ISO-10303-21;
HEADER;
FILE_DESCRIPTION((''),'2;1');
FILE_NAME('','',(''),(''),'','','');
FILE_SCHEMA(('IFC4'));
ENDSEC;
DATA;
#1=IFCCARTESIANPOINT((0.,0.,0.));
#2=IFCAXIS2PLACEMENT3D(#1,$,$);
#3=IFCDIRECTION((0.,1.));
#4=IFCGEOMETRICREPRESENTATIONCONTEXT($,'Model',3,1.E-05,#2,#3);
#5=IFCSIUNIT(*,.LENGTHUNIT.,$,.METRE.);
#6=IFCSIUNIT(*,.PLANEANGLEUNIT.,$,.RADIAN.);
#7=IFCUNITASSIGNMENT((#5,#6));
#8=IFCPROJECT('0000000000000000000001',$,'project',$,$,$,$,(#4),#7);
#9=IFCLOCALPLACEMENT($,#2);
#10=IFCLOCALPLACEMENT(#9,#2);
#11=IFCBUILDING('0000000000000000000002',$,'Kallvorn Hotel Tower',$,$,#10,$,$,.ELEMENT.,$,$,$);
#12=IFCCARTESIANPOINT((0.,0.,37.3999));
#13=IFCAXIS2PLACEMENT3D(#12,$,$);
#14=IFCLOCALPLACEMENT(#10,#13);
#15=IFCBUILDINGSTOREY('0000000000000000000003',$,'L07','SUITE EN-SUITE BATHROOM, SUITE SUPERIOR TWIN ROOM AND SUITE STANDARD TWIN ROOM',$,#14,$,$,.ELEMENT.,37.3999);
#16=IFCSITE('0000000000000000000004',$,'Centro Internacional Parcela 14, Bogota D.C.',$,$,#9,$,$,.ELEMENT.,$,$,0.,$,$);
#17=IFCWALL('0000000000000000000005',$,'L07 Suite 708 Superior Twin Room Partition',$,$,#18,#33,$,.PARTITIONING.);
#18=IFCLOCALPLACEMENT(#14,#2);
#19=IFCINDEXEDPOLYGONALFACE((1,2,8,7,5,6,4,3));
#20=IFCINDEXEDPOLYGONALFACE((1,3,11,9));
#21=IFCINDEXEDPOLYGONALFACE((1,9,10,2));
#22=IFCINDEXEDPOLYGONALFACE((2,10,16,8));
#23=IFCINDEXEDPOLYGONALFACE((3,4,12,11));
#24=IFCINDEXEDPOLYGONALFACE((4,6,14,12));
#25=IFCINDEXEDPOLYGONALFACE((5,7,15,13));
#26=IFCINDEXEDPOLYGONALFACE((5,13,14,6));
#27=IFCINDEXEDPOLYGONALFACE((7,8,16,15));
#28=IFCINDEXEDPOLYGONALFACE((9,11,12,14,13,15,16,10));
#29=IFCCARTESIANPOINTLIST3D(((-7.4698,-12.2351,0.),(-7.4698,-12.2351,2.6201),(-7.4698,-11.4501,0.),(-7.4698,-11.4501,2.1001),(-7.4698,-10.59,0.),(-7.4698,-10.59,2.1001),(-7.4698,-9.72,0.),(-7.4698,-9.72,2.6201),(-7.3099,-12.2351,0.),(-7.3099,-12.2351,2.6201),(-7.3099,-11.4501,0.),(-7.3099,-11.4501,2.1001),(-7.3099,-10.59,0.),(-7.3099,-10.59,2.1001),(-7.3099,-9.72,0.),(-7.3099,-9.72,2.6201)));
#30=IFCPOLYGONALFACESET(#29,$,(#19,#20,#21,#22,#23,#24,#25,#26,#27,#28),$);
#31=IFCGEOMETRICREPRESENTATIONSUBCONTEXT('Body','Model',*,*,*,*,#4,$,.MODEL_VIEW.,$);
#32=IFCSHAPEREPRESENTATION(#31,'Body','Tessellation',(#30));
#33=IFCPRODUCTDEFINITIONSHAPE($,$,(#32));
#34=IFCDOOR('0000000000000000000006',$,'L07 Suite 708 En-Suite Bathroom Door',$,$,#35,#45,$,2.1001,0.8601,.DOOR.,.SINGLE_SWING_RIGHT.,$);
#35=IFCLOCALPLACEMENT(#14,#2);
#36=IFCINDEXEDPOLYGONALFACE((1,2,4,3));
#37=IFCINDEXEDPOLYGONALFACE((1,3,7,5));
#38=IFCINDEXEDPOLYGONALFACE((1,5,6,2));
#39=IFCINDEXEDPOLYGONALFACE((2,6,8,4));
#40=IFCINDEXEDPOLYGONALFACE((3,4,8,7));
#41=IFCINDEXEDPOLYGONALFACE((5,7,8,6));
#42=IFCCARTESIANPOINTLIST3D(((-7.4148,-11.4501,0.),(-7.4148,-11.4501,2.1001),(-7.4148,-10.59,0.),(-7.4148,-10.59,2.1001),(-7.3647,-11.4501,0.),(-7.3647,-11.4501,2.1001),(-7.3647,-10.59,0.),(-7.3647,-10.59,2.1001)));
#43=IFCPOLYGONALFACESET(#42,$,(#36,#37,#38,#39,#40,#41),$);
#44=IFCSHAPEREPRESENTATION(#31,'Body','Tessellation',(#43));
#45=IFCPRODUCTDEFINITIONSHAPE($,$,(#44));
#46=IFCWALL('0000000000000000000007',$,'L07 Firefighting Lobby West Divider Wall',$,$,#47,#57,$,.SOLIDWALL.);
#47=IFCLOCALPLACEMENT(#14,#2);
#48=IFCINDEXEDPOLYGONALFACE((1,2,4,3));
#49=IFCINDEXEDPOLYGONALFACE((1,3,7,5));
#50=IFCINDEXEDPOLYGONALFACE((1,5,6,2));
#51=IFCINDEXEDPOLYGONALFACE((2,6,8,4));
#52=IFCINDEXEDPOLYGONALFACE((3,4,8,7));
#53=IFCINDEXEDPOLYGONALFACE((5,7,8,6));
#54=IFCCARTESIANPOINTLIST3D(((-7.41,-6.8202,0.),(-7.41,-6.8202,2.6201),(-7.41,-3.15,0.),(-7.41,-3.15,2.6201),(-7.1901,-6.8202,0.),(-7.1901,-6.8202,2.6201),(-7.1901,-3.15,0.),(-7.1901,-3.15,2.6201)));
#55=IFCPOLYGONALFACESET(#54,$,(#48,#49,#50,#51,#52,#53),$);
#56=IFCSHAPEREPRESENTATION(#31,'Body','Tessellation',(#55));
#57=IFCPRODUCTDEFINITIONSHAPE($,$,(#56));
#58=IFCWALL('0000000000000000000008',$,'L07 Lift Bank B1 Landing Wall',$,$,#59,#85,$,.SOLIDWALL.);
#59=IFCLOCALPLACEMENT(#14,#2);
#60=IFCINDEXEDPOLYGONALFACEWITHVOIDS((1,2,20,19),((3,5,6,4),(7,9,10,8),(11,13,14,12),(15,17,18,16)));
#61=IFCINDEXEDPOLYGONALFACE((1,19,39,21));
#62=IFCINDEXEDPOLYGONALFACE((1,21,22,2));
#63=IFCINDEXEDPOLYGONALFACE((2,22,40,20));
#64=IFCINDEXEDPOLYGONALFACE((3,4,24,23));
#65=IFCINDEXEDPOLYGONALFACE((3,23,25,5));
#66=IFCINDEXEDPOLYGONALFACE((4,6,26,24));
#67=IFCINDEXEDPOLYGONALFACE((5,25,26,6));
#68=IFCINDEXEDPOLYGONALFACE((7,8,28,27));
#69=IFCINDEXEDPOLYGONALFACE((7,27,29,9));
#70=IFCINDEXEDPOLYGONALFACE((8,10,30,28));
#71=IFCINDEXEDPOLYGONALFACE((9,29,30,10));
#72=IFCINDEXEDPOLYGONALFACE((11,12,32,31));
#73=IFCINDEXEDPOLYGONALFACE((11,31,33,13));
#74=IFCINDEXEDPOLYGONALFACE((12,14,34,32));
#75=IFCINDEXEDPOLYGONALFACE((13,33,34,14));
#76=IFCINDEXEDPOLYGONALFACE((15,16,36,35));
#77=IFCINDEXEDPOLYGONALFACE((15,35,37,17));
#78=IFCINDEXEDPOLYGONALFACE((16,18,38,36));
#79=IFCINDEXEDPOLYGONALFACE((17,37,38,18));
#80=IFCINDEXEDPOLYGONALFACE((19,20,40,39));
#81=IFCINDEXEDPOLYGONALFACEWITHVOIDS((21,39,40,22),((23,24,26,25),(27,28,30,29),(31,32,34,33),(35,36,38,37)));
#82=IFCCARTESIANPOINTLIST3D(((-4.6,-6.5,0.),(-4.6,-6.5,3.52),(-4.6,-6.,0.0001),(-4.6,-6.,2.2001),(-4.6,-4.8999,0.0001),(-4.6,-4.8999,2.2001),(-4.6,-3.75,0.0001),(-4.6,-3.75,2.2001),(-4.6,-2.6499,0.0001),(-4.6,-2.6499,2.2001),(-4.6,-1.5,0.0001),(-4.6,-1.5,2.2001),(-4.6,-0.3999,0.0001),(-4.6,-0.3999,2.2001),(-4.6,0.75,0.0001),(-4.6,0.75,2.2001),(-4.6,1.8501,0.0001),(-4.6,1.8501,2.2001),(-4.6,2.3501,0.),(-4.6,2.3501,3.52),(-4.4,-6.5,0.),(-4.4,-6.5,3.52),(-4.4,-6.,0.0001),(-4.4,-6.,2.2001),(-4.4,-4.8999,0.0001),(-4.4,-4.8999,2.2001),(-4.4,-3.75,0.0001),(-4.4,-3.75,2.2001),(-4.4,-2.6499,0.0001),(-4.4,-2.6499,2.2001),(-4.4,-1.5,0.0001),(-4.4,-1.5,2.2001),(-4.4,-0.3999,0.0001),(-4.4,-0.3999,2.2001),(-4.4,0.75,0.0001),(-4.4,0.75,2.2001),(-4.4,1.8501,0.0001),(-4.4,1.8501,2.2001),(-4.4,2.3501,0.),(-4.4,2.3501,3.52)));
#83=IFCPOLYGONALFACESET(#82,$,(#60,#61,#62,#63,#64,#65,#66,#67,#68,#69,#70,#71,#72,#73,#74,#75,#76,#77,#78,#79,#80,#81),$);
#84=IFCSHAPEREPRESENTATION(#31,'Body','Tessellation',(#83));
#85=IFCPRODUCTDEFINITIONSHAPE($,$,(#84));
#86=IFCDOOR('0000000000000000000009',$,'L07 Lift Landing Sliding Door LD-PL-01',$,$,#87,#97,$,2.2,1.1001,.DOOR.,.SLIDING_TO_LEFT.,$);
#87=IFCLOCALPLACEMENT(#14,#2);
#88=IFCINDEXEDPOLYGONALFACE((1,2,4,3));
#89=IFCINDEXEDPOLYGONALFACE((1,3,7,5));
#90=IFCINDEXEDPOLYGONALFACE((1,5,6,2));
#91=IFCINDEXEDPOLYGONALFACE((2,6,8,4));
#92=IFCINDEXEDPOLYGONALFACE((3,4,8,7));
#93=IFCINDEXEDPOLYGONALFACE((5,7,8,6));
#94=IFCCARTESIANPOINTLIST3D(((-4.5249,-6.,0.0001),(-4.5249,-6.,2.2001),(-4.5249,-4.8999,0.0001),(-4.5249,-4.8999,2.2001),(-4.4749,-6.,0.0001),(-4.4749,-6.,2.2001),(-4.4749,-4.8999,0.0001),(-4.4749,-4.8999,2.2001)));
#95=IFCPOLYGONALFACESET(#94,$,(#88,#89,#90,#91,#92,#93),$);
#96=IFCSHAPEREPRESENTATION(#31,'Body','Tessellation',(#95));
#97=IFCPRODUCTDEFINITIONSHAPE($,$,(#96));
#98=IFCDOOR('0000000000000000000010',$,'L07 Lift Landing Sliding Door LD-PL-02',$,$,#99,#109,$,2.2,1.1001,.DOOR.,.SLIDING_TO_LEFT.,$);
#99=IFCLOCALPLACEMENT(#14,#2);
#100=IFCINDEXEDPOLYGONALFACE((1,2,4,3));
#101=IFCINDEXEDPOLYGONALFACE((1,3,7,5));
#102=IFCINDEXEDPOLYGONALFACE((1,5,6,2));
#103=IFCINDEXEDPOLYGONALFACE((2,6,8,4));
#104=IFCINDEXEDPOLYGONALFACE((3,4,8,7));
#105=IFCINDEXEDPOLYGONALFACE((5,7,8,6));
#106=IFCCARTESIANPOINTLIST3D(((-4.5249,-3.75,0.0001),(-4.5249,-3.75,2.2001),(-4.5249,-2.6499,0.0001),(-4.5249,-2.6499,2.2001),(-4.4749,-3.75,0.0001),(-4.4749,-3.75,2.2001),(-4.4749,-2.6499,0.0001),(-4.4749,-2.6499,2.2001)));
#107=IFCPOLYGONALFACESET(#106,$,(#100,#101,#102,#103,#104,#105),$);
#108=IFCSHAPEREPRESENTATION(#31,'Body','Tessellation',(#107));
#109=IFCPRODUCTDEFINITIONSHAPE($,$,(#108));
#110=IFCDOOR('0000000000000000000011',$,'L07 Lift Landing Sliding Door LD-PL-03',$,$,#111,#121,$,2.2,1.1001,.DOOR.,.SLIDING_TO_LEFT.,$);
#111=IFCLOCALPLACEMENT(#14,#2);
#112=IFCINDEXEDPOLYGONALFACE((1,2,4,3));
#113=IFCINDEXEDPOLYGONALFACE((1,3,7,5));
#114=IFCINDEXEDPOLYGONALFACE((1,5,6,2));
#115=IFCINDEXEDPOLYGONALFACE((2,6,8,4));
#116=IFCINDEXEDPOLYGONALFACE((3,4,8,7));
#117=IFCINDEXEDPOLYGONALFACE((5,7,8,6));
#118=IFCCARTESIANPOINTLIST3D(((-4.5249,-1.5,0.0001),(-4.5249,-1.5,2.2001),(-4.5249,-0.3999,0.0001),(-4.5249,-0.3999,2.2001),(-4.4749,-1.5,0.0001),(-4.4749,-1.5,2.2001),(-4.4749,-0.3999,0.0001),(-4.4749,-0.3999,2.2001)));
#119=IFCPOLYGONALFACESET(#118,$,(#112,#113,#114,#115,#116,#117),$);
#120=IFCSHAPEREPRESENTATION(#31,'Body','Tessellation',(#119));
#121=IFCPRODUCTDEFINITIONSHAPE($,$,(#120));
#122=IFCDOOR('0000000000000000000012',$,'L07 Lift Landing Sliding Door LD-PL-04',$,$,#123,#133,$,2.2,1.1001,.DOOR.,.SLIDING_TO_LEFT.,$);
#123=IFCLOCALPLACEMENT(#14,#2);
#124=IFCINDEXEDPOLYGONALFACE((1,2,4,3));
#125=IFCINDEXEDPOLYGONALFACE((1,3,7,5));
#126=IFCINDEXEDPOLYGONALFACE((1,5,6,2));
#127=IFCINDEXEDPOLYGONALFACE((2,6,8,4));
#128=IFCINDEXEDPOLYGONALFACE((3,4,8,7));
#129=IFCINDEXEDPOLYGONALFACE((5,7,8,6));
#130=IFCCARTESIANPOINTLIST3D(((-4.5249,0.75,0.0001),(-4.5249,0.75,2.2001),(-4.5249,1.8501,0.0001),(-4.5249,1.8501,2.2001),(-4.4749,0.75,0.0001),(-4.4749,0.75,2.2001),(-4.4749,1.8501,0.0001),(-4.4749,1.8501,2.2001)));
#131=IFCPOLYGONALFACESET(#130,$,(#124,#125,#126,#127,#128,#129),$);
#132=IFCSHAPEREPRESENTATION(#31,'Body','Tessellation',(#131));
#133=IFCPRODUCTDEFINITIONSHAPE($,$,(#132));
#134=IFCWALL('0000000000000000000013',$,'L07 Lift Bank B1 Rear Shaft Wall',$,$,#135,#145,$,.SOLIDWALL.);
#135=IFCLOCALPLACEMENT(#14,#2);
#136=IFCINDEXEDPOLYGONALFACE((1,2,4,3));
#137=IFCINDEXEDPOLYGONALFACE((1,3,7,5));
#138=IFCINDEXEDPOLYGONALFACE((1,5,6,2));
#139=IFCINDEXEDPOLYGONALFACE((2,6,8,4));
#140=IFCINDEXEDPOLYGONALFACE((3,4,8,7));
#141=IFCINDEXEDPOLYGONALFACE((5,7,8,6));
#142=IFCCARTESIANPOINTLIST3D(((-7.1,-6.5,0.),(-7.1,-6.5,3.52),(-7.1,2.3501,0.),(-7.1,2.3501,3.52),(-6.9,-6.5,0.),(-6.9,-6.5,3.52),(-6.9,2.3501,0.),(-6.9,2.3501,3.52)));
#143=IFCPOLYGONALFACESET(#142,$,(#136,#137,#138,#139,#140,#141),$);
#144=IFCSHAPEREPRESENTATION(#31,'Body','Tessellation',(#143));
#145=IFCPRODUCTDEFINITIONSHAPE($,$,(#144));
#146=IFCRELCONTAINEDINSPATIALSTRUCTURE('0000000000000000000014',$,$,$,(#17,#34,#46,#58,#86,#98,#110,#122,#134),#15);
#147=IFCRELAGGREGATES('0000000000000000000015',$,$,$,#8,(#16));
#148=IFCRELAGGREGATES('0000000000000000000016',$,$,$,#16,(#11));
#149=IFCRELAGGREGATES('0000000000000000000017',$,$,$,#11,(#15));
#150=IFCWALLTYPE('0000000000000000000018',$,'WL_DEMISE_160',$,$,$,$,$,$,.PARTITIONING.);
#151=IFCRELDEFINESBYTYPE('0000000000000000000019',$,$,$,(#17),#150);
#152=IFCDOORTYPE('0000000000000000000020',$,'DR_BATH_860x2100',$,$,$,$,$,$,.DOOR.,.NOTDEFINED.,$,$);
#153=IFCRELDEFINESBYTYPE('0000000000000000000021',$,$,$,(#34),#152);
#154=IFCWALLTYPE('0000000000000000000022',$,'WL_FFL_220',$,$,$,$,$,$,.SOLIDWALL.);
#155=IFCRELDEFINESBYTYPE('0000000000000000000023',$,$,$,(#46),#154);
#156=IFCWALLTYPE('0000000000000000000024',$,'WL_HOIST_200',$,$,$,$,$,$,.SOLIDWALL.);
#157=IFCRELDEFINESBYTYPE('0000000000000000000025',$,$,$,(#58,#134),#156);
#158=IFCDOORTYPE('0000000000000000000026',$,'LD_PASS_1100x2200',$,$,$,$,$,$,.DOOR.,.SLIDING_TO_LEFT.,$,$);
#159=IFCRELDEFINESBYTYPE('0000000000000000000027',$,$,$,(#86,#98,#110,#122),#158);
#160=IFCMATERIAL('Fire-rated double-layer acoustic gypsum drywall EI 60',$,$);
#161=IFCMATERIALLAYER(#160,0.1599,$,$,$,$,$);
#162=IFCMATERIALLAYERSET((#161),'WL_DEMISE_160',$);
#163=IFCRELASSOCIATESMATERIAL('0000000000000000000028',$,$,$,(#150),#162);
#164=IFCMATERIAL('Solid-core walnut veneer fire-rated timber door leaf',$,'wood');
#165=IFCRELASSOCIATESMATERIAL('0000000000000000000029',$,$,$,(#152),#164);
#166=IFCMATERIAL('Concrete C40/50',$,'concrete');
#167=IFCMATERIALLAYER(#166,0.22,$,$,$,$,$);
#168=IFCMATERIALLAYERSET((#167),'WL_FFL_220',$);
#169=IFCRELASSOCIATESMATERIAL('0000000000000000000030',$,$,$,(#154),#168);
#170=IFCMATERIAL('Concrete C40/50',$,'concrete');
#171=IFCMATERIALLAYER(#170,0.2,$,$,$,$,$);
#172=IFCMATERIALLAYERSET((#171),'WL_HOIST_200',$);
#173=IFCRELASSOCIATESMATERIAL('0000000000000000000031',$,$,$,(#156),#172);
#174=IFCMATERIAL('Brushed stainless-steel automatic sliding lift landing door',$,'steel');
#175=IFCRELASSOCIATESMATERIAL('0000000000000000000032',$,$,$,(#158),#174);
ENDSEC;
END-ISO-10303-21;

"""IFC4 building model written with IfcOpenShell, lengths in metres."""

from ifc_helpers import new_model, si_unit, direction, frame, frame_2d, origin, place, context, subcontext, project, spatial, rectangle, extrude, material, layer, layer_set, type_object, element, fill, save


model = new_model("IFC4")

# Units and contexts
model_context = context("Model", 3, precision=1e-05, world=origin(), true_north=direction((0.0, 1.0)))
body_context = subcontext(model_context, "Body", "Model", "MODEL_VIEW")
ifc_project = project(units=[si_unit("LENGTHUNIT", "METRE"), si_unit("PLANEANGLEUNIT", "RADIAN")], contexts=[model_context])

# Site, building, storey
site_placement = place(None, origin())
site = spatial("IfcSite", under=ifc_project, at=site_placement, Name="Centro Internacional Parcela 14, Bogota D.C.", CompositionType="ELEMENT", RefElevation=0.0)
building_placement = place(site_placement, origin())
building = spatial("IfcBuilding", under=site, at=building_placement, Name="Kallvorn Hotel Tower", CompositionType="ELEMENT")
storey_placement = place(building_placement, frame((0.0, 0.0, 37.3999)))
storey = spatial("IfcBuildingStorey", under=building, at=storey_placement, Name="L07", Description="SUITE EN-SUITE BATHROOM, SUITE SUPERIOR TWIN ROOM AND SUITE STANDARD TWIN ROOM", CompositionType="ELEMENT", Elevation=37.3999)

# Wall, opening, door
ifc_material_1 = material(Name="Fire-rated double-layer acoustic gypsum drywall EI 60")
ifc_layer_1 = layer(ifc_material_1, 0.1599)
ifc_layer_set_1 = layer_set([ifc_layer_1], Name="WL_DEMISE_160")
wall_type_1 = type_object("IfcWallType", Name="WL_DEMISE_160", PredefinedType="PARTITIONING", material=ifc_layer_set_1)
wall_1_placement = place(storey_placement, frame((-7.3899, -12.2351, 0.0), z_axis=(0.0, 0.0, 1.0), x_axis=(0.0, 1.0, 0.0)))
wall_1 = element("IfcWall", 1, at=wall_1_placement, inside=storey, type_object=wall_type_1, Name="L07 Suite 708 Superior Twin Room Partition", PredefinedType="PARTITIONING", context=body_context, shape_type="SweptSolid", body=[
    extrude(rectangle(XDim=2.5151, YDim=0.1599, at=frame_2d((1.2576, 0.0))), origin(), (0.0, 0.0, 1.0), 2.6201),
])
opening_1_placement = place(wall_1_placement, frame((0.7849, 0.0, 0.0)))
opening_1 = element("IfcOpeningElement", 2, at=opening_1_placement, cuts=wall_1, PredefinedType="OPENING", context=body_context, shape_type="SweptSolid", body=[
    extrude(rectangle(XDim=0.8601, YDim=2.1001, at=frame_2d((0.4302, 1.05))), frame((0.0, 0.095, 0.0), z_axis=(0.0, -1.0, 0.0), x_axis=(1.0, 0.0, 0.0)), (0.0, 0.0, 1.0), 0.1899),
])
ifc_material_2 = material(Name="Solid-core walnut veneer fire-rated timber door leaf", Category="wood")
door_type_1 = type_object("IfcDoorType", Name="DR_BATH_860x2100", OperationType="NOTDEFINED", PredefinedType="DOOR", material=ifc_material_2)
door_1_placement = place(opening_1_placement, origin())
door_1 = element("IfcDoor", 3, at=door_1_placement, inside=storey, type_object=door_type_1, Name="L07 Suite 708 En-Suite Bathroom Door", OperationType="SINGLE_SWING_RIGHT", OverallHeight=2.1001, OverallWidth=0.8601, PredefinedType="DOOR", context=body_context, shape_type="SweptSolid", body=[
    extrude(rectangle(XDim=0.8601, YDim=2.1001, at=frame_2d((0.4302, 1.05))), frame((0.0, 0.0249, 0.0), z_axis=(0.0, -1.0, 0.0), x_axis=(1.0, 0.0, 0.0)), (0.0, 0.0, 1.0), 0.05),
])
fill(opening_1, door_1)

# Wall
ifc_material_3 = material(Name="Concrete C40/50", Category="concrete")
ifc_layer_2 = layer(ifc_material_3, 0.22)
ifc_layer_set_2 = layer_set([ifc_layer_2], Name="WL_FFL_220")
wall_type_2 = type_object("IfcWallType", Name="WL_FFL_220", PredefinedType="SOLIDWALL", material=ifc_layer_set_2)
wall_2_placement = place(storey_placement, frame((-7.3, -6.8201, 0.0), z_axis=(0.0, 0.0, 1.0), x_axis=(0.0, 1.0, 0.0)))
element("IfcWall", 4, at=wall_2_placement, inside=storey, type_object=wall_type_2, Name="L07 Firefighting Lobby West Divider Wall", PredefinedType="SOLIDWALL", context=body_context, shape_type="SweptSolid", body=[
    extrude(rectangle(XDim=3.6702, YDim=0.22, at=frame_2d((1.835, 0.0))), origin(), (0.0, 0.0, 1.0), 2.6201),
])

# Wall, openings, doors
ifc_material_4 = material(Name="Concrete C40/50", Category="concrete")
ifc_layer_3 = layer(ifc_material_4, 0.2)
ifc_layer_set_3 = layer_set([ifc_layer_3], Name="WL_HOIST_200")
wall_type_3 = type_object("IfcWallType", Name="WL_HOIST_200", PredefinedType="SOLIDWALL", material=ifc_layer_set_3)
wall_3_placement = place(storey_placement, frame((-4.5, -6.5, 0.0), z_axis=(0.0, 0.0, 1.0), x_axis=(0.0, 1.0, 0.0)))
wall_3 = element("IfcWall", 5, at=wall_3_placement, inside=storey, type_object=wall_type_3, Name="L07 Lift Bank B1 Landing Wall", PredefinedType="SOLIDWALL", context=body_context, shape_type="SweptSolid", body=[
    extrude(rectangle(XDim=8.8501, YDim=0.2, at=frame_2d((4.425, 0.0))), origin(), (0.0, 0.0, 1.0), 3.52),
])
opening_2_placement = place(wall_3_placement, frame((0.5, 0.0, 0.0)))
opening_2 = element("IfcOpeningElement", 6, at=opening_2_placement, cuts=wall_3, PredefinedType="OPENING", context=body_context, shape_type="SweptSolid", body=[
    extrude(rectangle(XDim=1.1001, YDim=2.2, at=frame_2d((0.55, 1.1001))), frame((0.0, 0.115, 0.0), z_axis=(0.0, -1.0, 0.0), x_axis=(1.0, 0.0, 0.0)), (0.0, 0.0, 1.0), 0.23),
])
opening_3_placement = place(wall_3_placement, frame((2.75, 0.0, 0.0)))
opening_3 = element("IfcOpeningElement", 7, at=opening_3_placement, cuts=wall_3, PredefinedType="OPENING", context=body_context, shape_type="SweptSolid", body=[
    extrude(rectangle(XDim=1.1001, YDim=2.2, at=frame_2d((0.55, 1.1001))), frame((0.0, 0.115, 0.0), z_axis=(0.0, -1.0, 0.0), x_axis=(1.0, 0.0, 0.0)), (0.0, 0.0, 1.0), 0.23),
])
opening_4_placement = place(wall_3_placement, frame((5.0, 0.0, 0.0)))
opening_4 = element("IfcOpeningElement", 8, at=opening_4_placement, cuts=wall_3, PredefinedType="OPENING", context=body_context, shape_type="SweptSolid", body=[
    extrude(rectangle(XDim=1.1001, YDim=2.2, at=frame_2d((0.55, 1.1001))), frame((0.0, 0.115, 0.0), z_axis=(0.0, -1.0, 0.0), x_axis=(1.0, 0.0, 0.0)), (0.0, 0.0, 1.0), 0.23),
])
opening_5_placement = place(wall_3_placement, frame((7.25, 0.0, 0.0)))
opening_5 = element("IfcOpeningElement", 9, at=opening_5_placement, cuts=wall_3, PredefinedType="OPENING", context=body_context, shape_type="SweptSolid", body=[
    extrude(rectangle(XDim=1.1001, YDim=2.2, at=frame_2d((0.55, 1.1001))), frame((0.0, 0.115, 0.0), z_axis=(0.0, -1.0, 0.0), x_axis=(1.0, 0.0, 0.0)), (0.0, 0.0, 1.0), 0.23),
])
ifc_material_5 = material(Name="Brushed stainless-steel automatic sliding lift landing door", Category="steel")
door_type_2 = type_object("IfcDoorType", Name="LD_PASS_1100x2200", OperationType="SLIDING_TO_LEFT", PredefinedType="DOOR", material=ifc_material_5)
door_2_placement = place(opening_2_placement, origin())
door_2 = element("IfcDoor", 10, at=door_2_placement, inside=storey, type_object=door_type_2, Name="L07 Lift Landing Sliding Door LD-PL-01", OperationType="SLIDING_TO_LEFT", OverallHeight=2.2, OverallWidth=1.1001, PredefinedType="DOOR", context=body_context, shape_type="SweptSolid", body=[
    extrude(rectangle(XDim=1.1001, YDim=2.2, at=frame_2d((0.55, 1.1001))), frame((0.0, 0.0249, 0.0), z_axis=(0.0, -1.0, 0.0), x_axis=(1.0, 0.0, 0.0)), (0.0, 0.0, 1.0), 0.05),
])
fill(opening_2, door_2)
door_3_placement = place(opening_3_placement, origin())
door_3 = element("IfcDoor", 11, at=door_3_placement, inside=storey, type_object=door_type_2, Name="L07 Lift Landing Sliding Door LD-PL-02", OperationType="SLIDING_TO_LEFT", OverallHeight=2.2, OverallWidth=1.1001, PredefinedType="DOOR", context=body_context, shape_type="SweptSolid", body=[
    extrude(rectangle(XDim=1.1001, YDim=2.2, at=frame_2d((0.55, 1.1001))), frame((0.0, 0.0249, 0.0), z_axis=(0.0, -1.0, 0.0), x_axis=(1.0, 0.0, 0.0)), (0.0, 0.0, 1.0), 0.05),
])
fill(opening_3, door_3)
door_4_placement = place(opening_4_placement, origin())
door_4 = element("IfcDoor", 12, at=door_4_placement, inside=storey, type_object=door_type_2, Name="L07 Lift Landing Sliding Door LD-PL-03", OperationType="SLIDING_TO_LEFT", OverallHeight=2.2, OverallWidth=1.1001, PredefinedType="DOOR", context=body_context, shape_type="SweptSolid", body=[
    extrude(rectangle(XDim=1.1001, YDim=2.2, at=frame_2d((0.55, 1.1001))), frame((0.0, 0.0249, 0.0), z_axis=(0.0, -1.0, 0.0), x_axis=(1.0, 0.0, 0.0)), (0.0, 0.0, 1.0), 0.05),
])
fill(opening_4, door_4)
door_5_placement = place(opening_5_placement, origin())
door_5 = element("IfcDoor", 13, at=door_5_placement, inside=storey, type_object=door_type_2, Name="L07 Lift Landing Sliding Door LD-PL-04", OperationType="SLIDING_TO_LEFT", OverallHeight=2.2, OverallWidth=1.1001, PredefinedType="DOOR", context=body_context, shape_type="SweptSolid", body=[
    extrude(rectangle(XDim=1.1001, YDim=2.2, at=frame_2d((0.55, 1.1001))), frame((0.0, 0.0249, 0.0), z_axis=(0.0, -1.0, 0.0), x_axis=(1.0, 0.0, 0.0)), (0.0, 0.0, 1.0), 0.05),
])
fill(opening_5, door_5)

# Wall
wall_4_placement = place(storey_placement, frame((-7.0, -6.5, 0.0), z_axis=(0.0, 0.0, 1.0), x_axis=(0.0, 1.0, 0.0)))
element("IfcWall", 14, at=wall_4_placement, inside=storey, type_object=wall_type_3, Name="L07 Lift Bank B1 Rear Shaft Wall", PredefinedType="SOLIDWALL", context=body_context, shape_type="SweptSolid", body=[
    extrude(rectangle(XDim=8.8501, YDim=0.2, at=frame_2d((4.425, 0.0))), origin(), (0.0, 0.0, 1.0), 3.52),
])

save(model, "model.ifc")
